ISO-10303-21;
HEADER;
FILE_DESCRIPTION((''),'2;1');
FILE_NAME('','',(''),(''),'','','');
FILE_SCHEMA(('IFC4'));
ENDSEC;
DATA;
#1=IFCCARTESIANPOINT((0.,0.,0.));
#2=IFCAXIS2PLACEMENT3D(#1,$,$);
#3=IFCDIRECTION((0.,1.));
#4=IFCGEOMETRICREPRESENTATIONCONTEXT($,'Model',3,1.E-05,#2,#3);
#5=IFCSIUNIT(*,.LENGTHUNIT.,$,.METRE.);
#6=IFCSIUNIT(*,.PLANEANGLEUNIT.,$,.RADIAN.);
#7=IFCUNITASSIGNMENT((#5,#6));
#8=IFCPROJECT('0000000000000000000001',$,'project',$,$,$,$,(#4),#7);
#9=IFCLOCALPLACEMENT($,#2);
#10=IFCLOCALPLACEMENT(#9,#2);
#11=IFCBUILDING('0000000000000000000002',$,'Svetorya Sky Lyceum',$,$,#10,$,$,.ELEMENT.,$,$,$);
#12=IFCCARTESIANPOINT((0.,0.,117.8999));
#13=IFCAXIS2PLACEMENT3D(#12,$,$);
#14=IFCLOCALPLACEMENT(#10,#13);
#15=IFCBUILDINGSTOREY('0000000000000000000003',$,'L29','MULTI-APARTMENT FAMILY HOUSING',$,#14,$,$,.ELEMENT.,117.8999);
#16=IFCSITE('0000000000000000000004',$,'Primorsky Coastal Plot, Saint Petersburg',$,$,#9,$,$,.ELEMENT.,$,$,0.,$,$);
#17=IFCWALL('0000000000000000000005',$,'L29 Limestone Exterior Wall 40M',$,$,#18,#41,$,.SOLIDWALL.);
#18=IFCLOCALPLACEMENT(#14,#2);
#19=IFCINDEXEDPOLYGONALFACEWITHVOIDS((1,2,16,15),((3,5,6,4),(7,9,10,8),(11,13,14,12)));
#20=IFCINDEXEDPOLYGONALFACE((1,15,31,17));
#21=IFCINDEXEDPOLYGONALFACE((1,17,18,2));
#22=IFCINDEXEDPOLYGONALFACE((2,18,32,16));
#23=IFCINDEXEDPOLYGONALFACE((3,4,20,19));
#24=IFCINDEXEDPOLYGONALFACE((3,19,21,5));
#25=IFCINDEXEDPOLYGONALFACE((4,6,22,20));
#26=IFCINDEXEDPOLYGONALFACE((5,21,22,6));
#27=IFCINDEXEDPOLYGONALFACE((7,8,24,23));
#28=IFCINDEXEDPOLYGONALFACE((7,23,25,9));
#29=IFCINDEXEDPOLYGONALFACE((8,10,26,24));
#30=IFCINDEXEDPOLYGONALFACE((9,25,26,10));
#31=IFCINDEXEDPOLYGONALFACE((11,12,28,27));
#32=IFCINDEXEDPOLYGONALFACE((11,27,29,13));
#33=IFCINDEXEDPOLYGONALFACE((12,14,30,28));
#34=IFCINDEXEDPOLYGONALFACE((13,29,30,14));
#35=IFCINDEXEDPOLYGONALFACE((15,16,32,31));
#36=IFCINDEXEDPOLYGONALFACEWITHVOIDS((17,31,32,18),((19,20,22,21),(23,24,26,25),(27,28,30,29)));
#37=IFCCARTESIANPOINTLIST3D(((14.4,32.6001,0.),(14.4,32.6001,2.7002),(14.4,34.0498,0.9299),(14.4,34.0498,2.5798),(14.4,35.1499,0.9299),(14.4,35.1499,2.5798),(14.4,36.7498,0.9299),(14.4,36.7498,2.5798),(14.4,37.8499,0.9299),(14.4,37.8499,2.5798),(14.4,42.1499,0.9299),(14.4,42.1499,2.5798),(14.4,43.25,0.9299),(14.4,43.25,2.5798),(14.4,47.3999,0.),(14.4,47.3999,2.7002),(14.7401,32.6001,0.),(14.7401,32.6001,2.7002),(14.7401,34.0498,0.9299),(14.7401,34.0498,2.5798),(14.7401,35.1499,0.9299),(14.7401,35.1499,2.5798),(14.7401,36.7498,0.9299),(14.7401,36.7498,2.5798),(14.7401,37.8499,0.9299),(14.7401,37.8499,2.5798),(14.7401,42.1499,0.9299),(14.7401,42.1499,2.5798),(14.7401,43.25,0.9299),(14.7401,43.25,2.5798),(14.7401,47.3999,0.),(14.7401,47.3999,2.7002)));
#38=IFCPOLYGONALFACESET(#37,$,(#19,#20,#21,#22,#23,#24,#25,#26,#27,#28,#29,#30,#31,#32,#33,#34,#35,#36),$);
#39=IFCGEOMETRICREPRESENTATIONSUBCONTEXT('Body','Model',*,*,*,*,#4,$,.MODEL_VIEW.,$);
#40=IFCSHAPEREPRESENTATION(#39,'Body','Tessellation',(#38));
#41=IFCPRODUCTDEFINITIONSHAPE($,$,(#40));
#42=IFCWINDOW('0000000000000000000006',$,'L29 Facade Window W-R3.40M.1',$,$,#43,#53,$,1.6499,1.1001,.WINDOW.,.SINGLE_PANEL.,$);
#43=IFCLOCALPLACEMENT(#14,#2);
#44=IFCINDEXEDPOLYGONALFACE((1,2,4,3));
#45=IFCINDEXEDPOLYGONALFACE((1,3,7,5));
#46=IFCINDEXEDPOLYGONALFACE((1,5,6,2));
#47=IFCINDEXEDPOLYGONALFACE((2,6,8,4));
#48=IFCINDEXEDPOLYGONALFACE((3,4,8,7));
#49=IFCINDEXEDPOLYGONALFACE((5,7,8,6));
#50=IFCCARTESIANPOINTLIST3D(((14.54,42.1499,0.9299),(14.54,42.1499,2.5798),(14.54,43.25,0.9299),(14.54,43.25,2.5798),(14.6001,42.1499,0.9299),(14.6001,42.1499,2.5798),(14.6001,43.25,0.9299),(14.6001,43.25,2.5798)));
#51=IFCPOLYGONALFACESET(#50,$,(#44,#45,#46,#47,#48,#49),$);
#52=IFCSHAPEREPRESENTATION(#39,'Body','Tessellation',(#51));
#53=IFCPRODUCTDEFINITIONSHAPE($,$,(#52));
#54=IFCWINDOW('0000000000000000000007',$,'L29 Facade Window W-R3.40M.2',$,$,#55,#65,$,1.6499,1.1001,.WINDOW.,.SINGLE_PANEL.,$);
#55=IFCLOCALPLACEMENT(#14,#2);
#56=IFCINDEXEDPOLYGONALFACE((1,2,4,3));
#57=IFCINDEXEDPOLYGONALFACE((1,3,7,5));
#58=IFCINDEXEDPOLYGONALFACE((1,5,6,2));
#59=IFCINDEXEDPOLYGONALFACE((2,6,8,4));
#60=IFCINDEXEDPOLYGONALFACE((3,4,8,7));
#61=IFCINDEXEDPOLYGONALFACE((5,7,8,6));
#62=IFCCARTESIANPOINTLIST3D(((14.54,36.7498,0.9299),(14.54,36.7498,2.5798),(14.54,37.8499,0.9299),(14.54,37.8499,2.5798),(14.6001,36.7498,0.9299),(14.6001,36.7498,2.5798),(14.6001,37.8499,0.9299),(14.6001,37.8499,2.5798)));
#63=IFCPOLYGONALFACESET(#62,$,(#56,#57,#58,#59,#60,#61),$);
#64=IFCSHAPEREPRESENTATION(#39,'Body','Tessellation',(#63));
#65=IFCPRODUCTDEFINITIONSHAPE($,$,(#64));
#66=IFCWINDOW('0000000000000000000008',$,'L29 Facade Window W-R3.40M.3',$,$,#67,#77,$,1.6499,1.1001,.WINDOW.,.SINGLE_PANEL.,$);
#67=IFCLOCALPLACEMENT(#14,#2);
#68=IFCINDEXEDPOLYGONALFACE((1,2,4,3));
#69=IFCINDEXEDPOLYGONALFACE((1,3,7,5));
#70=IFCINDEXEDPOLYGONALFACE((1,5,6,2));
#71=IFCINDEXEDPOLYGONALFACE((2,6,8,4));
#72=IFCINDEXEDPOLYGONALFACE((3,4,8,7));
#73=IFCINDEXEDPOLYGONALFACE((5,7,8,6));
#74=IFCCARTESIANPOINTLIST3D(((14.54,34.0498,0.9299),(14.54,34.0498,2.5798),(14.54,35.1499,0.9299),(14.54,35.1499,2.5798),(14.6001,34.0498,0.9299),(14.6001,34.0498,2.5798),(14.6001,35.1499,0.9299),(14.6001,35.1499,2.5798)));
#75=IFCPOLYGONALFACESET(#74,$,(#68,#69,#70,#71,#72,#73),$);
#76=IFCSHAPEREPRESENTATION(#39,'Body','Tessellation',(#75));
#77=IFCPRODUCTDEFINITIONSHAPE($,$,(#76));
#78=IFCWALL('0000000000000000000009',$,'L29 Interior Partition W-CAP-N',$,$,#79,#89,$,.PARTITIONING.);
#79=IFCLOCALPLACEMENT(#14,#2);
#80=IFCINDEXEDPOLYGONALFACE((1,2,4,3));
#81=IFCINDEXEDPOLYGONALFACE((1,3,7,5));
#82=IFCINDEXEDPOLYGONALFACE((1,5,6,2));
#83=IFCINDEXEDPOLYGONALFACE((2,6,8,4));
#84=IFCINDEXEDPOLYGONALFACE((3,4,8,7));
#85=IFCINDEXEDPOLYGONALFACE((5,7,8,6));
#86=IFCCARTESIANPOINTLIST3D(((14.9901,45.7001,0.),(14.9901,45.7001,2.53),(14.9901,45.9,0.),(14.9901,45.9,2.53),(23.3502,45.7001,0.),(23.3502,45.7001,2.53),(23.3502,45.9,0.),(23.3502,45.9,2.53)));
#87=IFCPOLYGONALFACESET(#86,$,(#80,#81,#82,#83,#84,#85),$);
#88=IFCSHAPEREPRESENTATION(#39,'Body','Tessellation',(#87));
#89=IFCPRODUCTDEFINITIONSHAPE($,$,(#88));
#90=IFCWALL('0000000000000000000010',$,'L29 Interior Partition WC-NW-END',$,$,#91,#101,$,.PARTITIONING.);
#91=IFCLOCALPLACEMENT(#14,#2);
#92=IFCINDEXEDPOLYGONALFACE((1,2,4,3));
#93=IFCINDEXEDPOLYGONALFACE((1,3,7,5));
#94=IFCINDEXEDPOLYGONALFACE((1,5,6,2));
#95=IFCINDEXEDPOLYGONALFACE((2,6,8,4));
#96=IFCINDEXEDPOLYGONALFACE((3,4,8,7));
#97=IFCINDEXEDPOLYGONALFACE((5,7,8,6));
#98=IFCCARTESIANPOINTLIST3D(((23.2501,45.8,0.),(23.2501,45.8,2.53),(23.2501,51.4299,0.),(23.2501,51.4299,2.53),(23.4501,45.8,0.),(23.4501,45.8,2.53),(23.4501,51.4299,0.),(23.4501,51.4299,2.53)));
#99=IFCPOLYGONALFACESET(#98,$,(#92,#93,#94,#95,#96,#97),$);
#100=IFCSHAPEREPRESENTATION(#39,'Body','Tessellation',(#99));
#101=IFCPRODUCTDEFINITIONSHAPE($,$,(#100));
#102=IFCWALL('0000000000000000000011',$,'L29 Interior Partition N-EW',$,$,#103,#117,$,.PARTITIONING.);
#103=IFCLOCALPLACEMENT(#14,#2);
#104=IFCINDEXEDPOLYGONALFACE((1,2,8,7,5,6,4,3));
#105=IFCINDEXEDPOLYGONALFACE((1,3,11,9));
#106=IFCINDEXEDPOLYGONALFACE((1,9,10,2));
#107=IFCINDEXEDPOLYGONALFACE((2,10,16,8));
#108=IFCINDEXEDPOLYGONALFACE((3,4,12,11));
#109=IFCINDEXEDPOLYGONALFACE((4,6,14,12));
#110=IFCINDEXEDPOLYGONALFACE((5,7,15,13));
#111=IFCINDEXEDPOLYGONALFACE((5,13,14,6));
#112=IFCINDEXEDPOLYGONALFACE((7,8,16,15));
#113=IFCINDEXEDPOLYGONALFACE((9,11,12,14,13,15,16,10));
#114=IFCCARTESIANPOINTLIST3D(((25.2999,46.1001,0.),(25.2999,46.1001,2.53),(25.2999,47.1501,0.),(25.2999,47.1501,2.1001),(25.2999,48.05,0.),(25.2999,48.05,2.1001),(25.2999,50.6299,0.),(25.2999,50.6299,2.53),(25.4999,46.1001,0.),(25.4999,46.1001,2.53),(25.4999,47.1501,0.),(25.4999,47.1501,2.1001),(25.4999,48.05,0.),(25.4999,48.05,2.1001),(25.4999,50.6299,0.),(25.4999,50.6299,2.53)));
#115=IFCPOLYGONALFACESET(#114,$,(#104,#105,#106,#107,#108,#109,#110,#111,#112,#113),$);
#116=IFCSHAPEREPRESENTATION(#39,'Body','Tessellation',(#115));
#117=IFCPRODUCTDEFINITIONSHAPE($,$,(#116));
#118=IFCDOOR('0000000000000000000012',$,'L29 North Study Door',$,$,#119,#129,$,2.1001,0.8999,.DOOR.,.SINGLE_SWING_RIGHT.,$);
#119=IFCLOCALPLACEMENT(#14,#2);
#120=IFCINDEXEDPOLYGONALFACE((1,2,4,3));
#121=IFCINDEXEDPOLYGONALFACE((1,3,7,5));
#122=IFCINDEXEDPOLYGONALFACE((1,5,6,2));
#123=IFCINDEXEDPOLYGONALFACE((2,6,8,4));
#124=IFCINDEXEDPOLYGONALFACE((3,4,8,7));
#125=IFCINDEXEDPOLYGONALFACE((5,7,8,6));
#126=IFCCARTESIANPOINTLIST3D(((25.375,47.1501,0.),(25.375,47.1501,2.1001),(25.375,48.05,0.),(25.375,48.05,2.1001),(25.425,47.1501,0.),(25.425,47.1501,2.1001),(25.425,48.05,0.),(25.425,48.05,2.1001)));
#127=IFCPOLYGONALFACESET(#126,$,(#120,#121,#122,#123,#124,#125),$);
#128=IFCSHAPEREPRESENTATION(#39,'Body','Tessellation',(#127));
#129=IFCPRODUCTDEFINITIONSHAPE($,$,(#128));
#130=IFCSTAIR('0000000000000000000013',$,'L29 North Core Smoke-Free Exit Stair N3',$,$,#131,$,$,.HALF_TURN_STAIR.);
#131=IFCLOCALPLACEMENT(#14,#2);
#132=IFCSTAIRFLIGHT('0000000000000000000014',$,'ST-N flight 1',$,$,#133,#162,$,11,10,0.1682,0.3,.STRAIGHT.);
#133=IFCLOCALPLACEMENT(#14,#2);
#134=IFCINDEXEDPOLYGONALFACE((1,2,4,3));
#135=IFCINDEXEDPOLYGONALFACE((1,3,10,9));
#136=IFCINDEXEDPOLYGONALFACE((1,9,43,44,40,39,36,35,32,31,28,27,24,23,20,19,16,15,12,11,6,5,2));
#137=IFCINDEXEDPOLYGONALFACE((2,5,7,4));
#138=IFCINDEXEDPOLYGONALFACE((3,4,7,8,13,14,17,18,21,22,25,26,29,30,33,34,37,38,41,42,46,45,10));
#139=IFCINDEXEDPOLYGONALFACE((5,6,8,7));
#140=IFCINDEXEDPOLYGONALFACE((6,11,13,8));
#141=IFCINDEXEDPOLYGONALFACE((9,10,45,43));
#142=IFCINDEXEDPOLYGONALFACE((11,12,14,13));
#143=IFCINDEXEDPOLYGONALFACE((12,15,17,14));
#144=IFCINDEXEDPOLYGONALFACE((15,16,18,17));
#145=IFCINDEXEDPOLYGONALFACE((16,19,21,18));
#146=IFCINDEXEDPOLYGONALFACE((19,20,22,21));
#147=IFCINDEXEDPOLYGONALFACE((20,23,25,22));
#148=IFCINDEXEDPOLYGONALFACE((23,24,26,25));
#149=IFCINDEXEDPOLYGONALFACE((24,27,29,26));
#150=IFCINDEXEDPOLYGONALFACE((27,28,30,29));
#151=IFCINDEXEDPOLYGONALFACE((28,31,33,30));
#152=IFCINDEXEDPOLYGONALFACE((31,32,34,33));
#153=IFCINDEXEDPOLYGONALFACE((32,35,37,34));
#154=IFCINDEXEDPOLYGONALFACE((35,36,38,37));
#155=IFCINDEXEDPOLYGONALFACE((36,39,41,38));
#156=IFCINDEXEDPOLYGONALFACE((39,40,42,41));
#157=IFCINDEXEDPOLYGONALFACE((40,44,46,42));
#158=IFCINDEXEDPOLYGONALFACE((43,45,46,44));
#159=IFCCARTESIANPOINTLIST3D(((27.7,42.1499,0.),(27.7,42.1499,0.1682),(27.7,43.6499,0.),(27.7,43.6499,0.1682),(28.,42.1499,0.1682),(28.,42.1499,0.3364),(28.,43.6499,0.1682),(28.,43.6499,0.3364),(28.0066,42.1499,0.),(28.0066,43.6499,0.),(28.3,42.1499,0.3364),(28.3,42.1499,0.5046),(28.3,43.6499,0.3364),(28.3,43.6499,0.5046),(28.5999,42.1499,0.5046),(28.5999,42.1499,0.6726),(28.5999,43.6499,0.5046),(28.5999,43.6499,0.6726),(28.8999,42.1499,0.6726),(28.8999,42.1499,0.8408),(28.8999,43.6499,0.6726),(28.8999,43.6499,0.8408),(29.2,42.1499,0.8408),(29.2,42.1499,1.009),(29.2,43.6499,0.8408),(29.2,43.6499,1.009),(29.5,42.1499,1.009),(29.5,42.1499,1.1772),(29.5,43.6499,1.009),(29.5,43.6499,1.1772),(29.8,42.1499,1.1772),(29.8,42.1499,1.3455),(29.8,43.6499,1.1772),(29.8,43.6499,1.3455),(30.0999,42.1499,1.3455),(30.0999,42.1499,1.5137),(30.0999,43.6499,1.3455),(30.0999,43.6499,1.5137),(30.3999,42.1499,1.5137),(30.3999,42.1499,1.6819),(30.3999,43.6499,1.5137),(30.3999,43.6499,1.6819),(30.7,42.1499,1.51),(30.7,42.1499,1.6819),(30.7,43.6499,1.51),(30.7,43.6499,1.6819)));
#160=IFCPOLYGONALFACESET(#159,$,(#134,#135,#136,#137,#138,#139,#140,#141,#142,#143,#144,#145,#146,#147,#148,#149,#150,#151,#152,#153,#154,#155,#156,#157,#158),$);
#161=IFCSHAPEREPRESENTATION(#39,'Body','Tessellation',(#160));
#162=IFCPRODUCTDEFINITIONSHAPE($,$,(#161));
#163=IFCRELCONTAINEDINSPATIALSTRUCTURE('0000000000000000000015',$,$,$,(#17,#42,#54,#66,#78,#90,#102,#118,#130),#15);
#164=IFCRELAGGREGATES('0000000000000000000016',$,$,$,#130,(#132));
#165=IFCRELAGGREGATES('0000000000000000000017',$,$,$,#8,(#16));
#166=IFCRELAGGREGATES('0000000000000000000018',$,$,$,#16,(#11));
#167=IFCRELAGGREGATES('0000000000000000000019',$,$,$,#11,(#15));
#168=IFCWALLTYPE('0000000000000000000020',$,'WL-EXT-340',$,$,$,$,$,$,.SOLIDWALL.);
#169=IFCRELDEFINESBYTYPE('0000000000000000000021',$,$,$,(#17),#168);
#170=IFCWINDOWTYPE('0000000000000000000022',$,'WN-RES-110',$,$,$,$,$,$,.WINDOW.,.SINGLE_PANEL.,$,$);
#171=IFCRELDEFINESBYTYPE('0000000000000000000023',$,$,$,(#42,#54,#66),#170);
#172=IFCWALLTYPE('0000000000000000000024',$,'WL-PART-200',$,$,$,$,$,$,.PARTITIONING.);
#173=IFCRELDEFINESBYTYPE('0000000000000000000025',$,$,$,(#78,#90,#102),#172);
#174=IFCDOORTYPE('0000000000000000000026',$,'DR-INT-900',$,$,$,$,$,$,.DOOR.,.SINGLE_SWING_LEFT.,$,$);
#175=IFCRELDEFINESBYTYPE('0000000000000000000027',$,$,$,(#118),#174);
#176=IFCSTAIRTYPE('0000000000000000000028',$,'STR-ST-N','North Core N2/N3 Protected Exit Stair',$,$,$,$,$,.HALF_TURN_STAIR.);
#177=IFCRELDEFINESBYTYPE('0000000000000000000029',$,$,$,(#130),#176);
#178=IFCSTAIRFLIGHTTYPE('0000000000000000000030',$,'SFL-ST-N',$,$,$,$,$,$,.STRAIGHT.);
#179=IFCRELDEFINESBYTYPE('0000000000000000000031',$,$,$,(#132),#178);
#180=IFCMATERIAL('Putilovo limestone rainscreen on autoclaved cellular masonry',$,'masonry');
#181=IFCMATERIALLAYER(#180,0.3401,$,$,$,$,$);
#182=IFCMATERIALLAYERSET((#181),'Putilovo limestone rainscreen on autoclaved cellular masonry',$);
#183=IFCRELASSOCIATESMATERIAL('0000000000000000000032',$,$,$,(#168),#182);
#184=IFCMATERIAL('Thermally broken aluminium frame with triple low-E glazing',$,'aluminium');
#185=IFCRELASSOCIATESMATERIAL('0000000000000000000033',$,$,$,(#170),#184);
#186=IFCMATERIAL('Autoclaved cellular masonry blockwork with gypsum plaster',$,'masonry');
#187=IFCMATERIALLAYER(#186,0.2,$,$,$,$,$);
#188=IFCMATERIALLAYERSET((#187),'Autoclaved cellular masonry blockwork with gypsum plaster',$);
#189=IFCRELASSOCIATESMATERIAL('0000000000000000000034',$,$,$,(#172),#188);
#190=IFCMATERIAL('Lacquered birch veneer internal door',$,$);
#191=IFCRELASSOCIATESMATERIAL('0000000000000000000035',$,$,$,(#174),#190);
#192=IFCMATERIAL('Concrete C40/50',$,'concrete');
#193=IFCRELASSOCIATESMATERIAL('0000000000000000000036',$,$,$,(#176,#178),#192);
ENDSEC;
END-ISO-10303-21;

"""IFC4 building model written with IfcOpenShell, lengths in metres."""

from ifc_helpers import new_model, si_unit, direction, frame, frame_2d, origin, place, context, subcontext, project, spatial, polyline, rectangle, outline, extrude, material, layer, layer_set, type_object, element, fill, aggregate, save


model = new_model("IFC4")

# Units and contexts
model_context = context("Model", 3, precision=1e-05, world=origin(), true_north=direction((0.0, 1.0)))
body_context = subcontext(model_context, "Body", "Model", "MODEL_VIEW")
ifc_project = project(units=[si_unit("LENGTHUNIT", "METRE"), si_unit("PLANEANGLEUNIT", "RADIAN")], contexts=[model_context])

# Site, building, storey
site_placement = place(None, origin())
site = spatial("IfcSite", under=ifc_project, at=site_placement, Name="Primorsky Coastal Plot, Saint Petersburg", CompositionType="ELEMENT", RefElevation=0.0)
building_placement = place(site_placement, origin())
building = spatial("IfcBuilding", under=site, at=building_placement, Name="Svetorya Sky Lyceum", CompositionType="ELEMENT")
storey_placement = place(building_placement, frame((0.0, 0.0, 117.8999)))
storey = spatial("IfcBuildingStorey", under=building, at=storey_placement, Name="L29", Description="MULTI-APARTMENT FAMILY HOUSING", CompositionType="ELEMENT", Elevation=117.8999)

# Shared definitions
ifc_material_1 = material(Name="Putilovo limestone rainscreen on autoclaved cellular masonry", Category="masonry")
ifc_layer_1 = layer(ifc_material_1, 0.3401)
ifc_layer_set_1 = layer_set([ifc_layer_1], Name="Putilovo limestone rainscreen on autoclaved cellular masonry")
wall_type_1 = type_object("IfcWallType", Name="WL-EXT-340", PredefinedType="SOLIDWALL", material=ifc_layer_set_1)

# Wall, openings, windows
wall_1_placement = place(storey_placement, frame((14.5701, 47.3999, 0.0), z_axis=(0.0, 0.0, 1.0), x_axis=(0.0, -1.0, 0.0)))
wall_1 = element("IfcWall", 1, at=wall_1_placement, inside=storey, type_object=wall_type_1, Name="L29 Limestone Exterior Wall 40M", PredefinedType="SOLIDWALL", context=body_context, shape_type="SweptSolid", body=[
    extrude(rectangle(XDim=14.7998, YDim=0.3401, at=frame_2d((7.3999, 0.0))), origin(), (0.0, 0.0, 1.0), 2.7002),
])
opening_1_placement = place(wall_1_placement, frame((4.1499, 0.0, 0.9299)))
opening_1 = element("IfcOpeningElement", 2, at=opening_1_placement, cuts=wall_1, PredefinedType="OPENING", context=body_context, shape_type="SweptSolid", body=[
    extrude(rectangle(XDim=1.1001, YDim=1.6499, at=frame_2d((0.55, 0.825))), frame((0.0, 0.1799, 0.0), z_axis=(0.0, -1.0, 0.0), x_axis=(1.0, 0.0, 0.0)), (0.0, 0.0, 1.0), 0.3601),
])
opening_2_placement = place(wall_1_placement, frame((9.55, 0.0, 0.9299)))
opening_2 = element("IfcOpeningElement", 3, at=opening_2_placement, cuts=wall_1, PredefinedType="OPENING", context=body_context, shape_type="SweptSolid", body=[
    extrude(rectangle(XDim=1.1001, YDim=1.6499, at=frame_2d((0.55, 0.825))), frame((0.0, 0.1799, 0.0), z_axis=(0.0, -1.0, 0.0), x_axis=(1.0, 0.0, 0.0)), (0.0, 0.0, 1.0), 0.3601),
])
opening_3_placement = place(wall_1_placement, frame((12.25, 0.0, 0.9299)))
opening_3 = element("IfcOpeningElement", 4, at=opening_3_placement, cuts=wall_1, PredefinedType="OPENING", context=body_context, shape_type="SweptSolid", body=[
    extrude(rectangle(XDim=1.1001, YDim=1.6499, at=frame_2d((0.55, 0.825))), frame((0.0, 0.1799, 0.0), z_axis=(0.0, -1.0, 0.0), x_axis=(1.0, 0.0, 0.0)), (0.0, 0.0, 1.0), 0.3601),
])
ifc_material_2 = material(Name="Thermally broken aluminium frame with triple low-E glazing", Category="aluminium")
window_type = type_object("IfcWindowType", Name="WN-RES-110", PartitioningType="SINGLE_PANEL", PredefinedType="WINDOW", material=ifc_material_2)
window_1_placement = place(opening_1_placement, origin())
window_1 = element("IfcWindow", 5, at=window_1_placement, inside=storey, type_object=window_type, Name="L29 Facade Window W-R3.40M.1", OverallHeight=1.6499, OverallWidth=1.1001, PartitioningType="SINGLE_PANEL", PredefinedType="WINDOW", context=body_context, shape_type="SweptSolid", body=[
    extrude(rectangle(XDim=1.1001, YDim=1.6499, at=frame_2d((0.55, 0.825))), frame((0.0, 0.03, 0.0), z_axis=(0.0, -1.0, 0.0), x_axis=(1.0, 0.0, 0.0)), (0.0, 0.0, 1.0), 0.0601),
])
fill(opening_1, window_1)
window_2_placement = place(opening_2_placement, origin())
window_2 = element("IfcWindow", 6, at=window_2_placement, inside=storey, type_object=window_type, Name="L29 Facade Window W-R3.40M.2", OverallHeight=1.6499, OverallWidth=1.1001, PartitioningType="SINGLE_PANEL", PredefinedType="WINDOW", context=body_context, shape_type="SweptSolid", body=[
    extrude(rectangle(XDim=1.1001, YDim=1.6499, at=frame_2d((0.55, 0.825))), frame((0.0, 0.03, 0.0), z_axis=(0.0, -1.0, 0.0), x_axis=(1.0, 0.0, 0.0)), (0.0, 0.0, 1.0), 0.0601),
])
fill(opening_2, window_2)
window_3_placement = place(opening_3_placement, origin())
window_3 = element("IfcWindow", 7, at=window_3_placement, inside=storey, type_object=window_type, Name="L29 Facade Window W-R3.40M.3", OverallHeight=1.6499, OverallWidth=1.1001, PartitioningType="SINGLE_PANEL", PredefinedType="WINDOW", context=body_context, shape_type="SweptSolid", body=[
    extrude(rectangle(XDim=1.1001, YDim=1.6499, at=frame_2d((0.55, 0.825))), frame((0.0, 0.03, 0.0), z_axis=(0.0, -1.0, 0.0), x_axis=(1.0, 0.0, 0.0)), (0.0, 0.0, 1.0), 0.0601),
])
fill(opening_3, window_3)

# Walls
ifc_material_3 = material(Name="Autoclaved cellular masonry blockwork with gypsum plaster", Category="masonry")
ifc_layer_2 = layer(ifc_material_3, 0.2)
ifc_layer_set_2 = layer_set([ifc_layer_2], Name="Autoclaved cellular masonry blockwork with gypsum plaster")
wall_type_2 = type_object("IfcWallType", Name="WL-PART-200", PredefinedType="PARTITIONING", material=ifc_layer_set_2)
wall_2_placement = place(storey_placement, frame((14.99, 45.8, 0.0), z_axis=(0.0, 0.0, 1.0), x_axis=(1.0, 0.0, 0.0)))
element("IfcWall", 8, at=wall_2_placement, inside=storey, type_object=wall_type_2, Name="L29 Interior Partition W-CAP-N", PredefinedType="PARTITIONING", context=body_context, shape_type="SweptSolid", body=[
    extrude(rectangle(XDim=8.3601, YDim=0.2, at=frame_2d((4.1802, 0.0))), origin(), (0.0, 0.0, 1.0), 2.53),
])
wall_3_placement = place(storey_placement, frame((23.3501, 45.8, 0.0), z_axis=(0.0, 0.0, 1.0), x_axis=(0.0, 1.0, 0.0)))
element("IfcWall", 9, at=wall_3_placement, inside=storey, type_object=wall_type_2, Name="L29 Interior Partition WC-NW-END", PredefinedType="PARTITIONING", context=body_context, shape_type="SweptSolid", body=[
    extrude(rectangle(XDim=5.6299, YDim=0.2, at=frame_2d((2.8149, 0.0))), origin(), (0.0, 0.0, 1.0), 2.53),
])

# Wall, opening, door
wall_4_placement = place(storey_placement, frame((25.3999, 46.1001, 0.0), z_axis=(0.0, 0.0, 1.0), x_axis=(0.0, 1.0, 0.0)))
wall_4 = element("IfcWall", 10, at=wall_4_placement, inside=storey, type_object=wall_type_2, Name="L29 Interior Partition N-EW", PredefinedType="PARTITIONING", context=body_context, shape_type="SweptSolid", body=[
    extrude(rectangle(XDim=4.5298, YDim=0.2, at=frame_2d((2.2649, 0.0))), origin(), (0.0, 0.0, 1.0), 2.53),
])
opening_4_placement = place(wall_4_placement, frame((1.05, 0.0, 0.0)))
opening_4 = element("IfcOpeningElement", 11, at=opening_4_placement, cuts=wall_4, PredefinedType="OPENING", context=body_context, shape_type="SweptSolid", body=[
    extrude(rectangle(XDim=0.8999, YDim=2.1001, at=frame_2d((0.45, 1.05))), frame((0.0, 0.1099, 0.0), z_axis=(0.0, -1.0, 0.0), x_axis=(1.0, 0.0, 0.0)), (0.0, 0.0, 1.0), 0.22),
])
ifc_material_4 = material(Name="Lacquered birch veneer internal door")
door_type = type_object("IfcDoorType", Name="DR-INT-900", OperationType="SINGLE_SWING_LEFT", PredefinedType="DOOR", material=ifc_material_4)
door_placement = place(opening_4_placement, origin())
door = element("IfcDoor", 12, at=door_placement, inside=storey, type_object=door_type, Name="L29 North Study Door", OperationType="SINGLE_SWING_RIGHT", OverallHeight=2.1001, OverallWidth=0.8999, PredefinedType="DOOR", context=body_context, shape_type="SweptSolid", body=[
    extrude(rectangle(XDim=0.8999, YDim=2.1001, at=frame_2d((0.45, 1.05))), frame((0.0, 0.0249, 0.0), z_axis=(0.0, -1.0, 0.0), x_axis=(1.0, 0.0, 0.0)), (0.0, 0.0, 1.0), 0.05),
])
fill(opening_4, door)

# Stair, stair flight
ifc_material_5 = material(Name="Concrete C40/50", Category="concrete")
stair_type = type_object("IfcStairType", Name="STR-ST-N", Description="North Core N2/N3 Protected Exit Stair", PredefinedType="HALF_TURN_STAIR", material=ifc_material_5)
stair_placement = place(storey_placement, origin())
stair = element("IfcStair", 13, at=stair_placement, inside=storey, type_object=stair_type, Name="L29 North Core Smoke-Free Exit Stair N3", PredefinedType="HALF_TURN_STAIR")
stair_flight_type = type_object("IfcStairFlightType", Name="SFL-ST-N", PredefinedType="STRAIGHT", material=ifc_material_5)
stair_flight_placement = place(storey_placement, frame((27.7, 42.8999, 0.0), z_axis=(0.0, 0.0, 1.0), x_axis=(1.0, 0.0, 0.0)))
stair_flight = element("IfcStairFlight", 14, at=stair_flight_placement, type_object=stair_flight_type, Name="ST-N flight 1", NumberOfRisers=11, NumberOfTreads=10, PredefinedType="STRAIGHT", RiserHeight=0.1682, TreadLength=0.3, context=body_context, shape_type="SweptSolid", body=[
    extrude(outline(polyline([(0.0, 0.0), (0.0, 0.1682), (0.3, 0.1682), (0.3, 0.3364), (0.6001, 0.3364), (0.6001, 0.5046), (0.8999, 0.5046), (0.8999, 0.6726), (1.2, 0.6726), (1.2, 0.8408), (1.5, 0.8408), (1.5, 1.009), (1.8, 1.009), (1.8, 1.1772), (2.1001, 1.1772), (2.1001, 1.3455), (2.3999, 1.3455), (2.3999, 1.5137), (2.7, 1.5137), (2.7, 1.6819), (3.0, 1.6819), (3.0, 1.8501), (3.0, 1.51), (0.3066, 0.0), (0.0, 0.0)])), frame((0.0, 0.75, 0.0), z_axis=(0.0, -1.0, 0.0), x_axis=(1.0, 0.0, 0.0)), (0.0, 0.0, 1.0), 1.5),
])
aggregate(stair, [stair_flight])

save(model, "model.ifc")
